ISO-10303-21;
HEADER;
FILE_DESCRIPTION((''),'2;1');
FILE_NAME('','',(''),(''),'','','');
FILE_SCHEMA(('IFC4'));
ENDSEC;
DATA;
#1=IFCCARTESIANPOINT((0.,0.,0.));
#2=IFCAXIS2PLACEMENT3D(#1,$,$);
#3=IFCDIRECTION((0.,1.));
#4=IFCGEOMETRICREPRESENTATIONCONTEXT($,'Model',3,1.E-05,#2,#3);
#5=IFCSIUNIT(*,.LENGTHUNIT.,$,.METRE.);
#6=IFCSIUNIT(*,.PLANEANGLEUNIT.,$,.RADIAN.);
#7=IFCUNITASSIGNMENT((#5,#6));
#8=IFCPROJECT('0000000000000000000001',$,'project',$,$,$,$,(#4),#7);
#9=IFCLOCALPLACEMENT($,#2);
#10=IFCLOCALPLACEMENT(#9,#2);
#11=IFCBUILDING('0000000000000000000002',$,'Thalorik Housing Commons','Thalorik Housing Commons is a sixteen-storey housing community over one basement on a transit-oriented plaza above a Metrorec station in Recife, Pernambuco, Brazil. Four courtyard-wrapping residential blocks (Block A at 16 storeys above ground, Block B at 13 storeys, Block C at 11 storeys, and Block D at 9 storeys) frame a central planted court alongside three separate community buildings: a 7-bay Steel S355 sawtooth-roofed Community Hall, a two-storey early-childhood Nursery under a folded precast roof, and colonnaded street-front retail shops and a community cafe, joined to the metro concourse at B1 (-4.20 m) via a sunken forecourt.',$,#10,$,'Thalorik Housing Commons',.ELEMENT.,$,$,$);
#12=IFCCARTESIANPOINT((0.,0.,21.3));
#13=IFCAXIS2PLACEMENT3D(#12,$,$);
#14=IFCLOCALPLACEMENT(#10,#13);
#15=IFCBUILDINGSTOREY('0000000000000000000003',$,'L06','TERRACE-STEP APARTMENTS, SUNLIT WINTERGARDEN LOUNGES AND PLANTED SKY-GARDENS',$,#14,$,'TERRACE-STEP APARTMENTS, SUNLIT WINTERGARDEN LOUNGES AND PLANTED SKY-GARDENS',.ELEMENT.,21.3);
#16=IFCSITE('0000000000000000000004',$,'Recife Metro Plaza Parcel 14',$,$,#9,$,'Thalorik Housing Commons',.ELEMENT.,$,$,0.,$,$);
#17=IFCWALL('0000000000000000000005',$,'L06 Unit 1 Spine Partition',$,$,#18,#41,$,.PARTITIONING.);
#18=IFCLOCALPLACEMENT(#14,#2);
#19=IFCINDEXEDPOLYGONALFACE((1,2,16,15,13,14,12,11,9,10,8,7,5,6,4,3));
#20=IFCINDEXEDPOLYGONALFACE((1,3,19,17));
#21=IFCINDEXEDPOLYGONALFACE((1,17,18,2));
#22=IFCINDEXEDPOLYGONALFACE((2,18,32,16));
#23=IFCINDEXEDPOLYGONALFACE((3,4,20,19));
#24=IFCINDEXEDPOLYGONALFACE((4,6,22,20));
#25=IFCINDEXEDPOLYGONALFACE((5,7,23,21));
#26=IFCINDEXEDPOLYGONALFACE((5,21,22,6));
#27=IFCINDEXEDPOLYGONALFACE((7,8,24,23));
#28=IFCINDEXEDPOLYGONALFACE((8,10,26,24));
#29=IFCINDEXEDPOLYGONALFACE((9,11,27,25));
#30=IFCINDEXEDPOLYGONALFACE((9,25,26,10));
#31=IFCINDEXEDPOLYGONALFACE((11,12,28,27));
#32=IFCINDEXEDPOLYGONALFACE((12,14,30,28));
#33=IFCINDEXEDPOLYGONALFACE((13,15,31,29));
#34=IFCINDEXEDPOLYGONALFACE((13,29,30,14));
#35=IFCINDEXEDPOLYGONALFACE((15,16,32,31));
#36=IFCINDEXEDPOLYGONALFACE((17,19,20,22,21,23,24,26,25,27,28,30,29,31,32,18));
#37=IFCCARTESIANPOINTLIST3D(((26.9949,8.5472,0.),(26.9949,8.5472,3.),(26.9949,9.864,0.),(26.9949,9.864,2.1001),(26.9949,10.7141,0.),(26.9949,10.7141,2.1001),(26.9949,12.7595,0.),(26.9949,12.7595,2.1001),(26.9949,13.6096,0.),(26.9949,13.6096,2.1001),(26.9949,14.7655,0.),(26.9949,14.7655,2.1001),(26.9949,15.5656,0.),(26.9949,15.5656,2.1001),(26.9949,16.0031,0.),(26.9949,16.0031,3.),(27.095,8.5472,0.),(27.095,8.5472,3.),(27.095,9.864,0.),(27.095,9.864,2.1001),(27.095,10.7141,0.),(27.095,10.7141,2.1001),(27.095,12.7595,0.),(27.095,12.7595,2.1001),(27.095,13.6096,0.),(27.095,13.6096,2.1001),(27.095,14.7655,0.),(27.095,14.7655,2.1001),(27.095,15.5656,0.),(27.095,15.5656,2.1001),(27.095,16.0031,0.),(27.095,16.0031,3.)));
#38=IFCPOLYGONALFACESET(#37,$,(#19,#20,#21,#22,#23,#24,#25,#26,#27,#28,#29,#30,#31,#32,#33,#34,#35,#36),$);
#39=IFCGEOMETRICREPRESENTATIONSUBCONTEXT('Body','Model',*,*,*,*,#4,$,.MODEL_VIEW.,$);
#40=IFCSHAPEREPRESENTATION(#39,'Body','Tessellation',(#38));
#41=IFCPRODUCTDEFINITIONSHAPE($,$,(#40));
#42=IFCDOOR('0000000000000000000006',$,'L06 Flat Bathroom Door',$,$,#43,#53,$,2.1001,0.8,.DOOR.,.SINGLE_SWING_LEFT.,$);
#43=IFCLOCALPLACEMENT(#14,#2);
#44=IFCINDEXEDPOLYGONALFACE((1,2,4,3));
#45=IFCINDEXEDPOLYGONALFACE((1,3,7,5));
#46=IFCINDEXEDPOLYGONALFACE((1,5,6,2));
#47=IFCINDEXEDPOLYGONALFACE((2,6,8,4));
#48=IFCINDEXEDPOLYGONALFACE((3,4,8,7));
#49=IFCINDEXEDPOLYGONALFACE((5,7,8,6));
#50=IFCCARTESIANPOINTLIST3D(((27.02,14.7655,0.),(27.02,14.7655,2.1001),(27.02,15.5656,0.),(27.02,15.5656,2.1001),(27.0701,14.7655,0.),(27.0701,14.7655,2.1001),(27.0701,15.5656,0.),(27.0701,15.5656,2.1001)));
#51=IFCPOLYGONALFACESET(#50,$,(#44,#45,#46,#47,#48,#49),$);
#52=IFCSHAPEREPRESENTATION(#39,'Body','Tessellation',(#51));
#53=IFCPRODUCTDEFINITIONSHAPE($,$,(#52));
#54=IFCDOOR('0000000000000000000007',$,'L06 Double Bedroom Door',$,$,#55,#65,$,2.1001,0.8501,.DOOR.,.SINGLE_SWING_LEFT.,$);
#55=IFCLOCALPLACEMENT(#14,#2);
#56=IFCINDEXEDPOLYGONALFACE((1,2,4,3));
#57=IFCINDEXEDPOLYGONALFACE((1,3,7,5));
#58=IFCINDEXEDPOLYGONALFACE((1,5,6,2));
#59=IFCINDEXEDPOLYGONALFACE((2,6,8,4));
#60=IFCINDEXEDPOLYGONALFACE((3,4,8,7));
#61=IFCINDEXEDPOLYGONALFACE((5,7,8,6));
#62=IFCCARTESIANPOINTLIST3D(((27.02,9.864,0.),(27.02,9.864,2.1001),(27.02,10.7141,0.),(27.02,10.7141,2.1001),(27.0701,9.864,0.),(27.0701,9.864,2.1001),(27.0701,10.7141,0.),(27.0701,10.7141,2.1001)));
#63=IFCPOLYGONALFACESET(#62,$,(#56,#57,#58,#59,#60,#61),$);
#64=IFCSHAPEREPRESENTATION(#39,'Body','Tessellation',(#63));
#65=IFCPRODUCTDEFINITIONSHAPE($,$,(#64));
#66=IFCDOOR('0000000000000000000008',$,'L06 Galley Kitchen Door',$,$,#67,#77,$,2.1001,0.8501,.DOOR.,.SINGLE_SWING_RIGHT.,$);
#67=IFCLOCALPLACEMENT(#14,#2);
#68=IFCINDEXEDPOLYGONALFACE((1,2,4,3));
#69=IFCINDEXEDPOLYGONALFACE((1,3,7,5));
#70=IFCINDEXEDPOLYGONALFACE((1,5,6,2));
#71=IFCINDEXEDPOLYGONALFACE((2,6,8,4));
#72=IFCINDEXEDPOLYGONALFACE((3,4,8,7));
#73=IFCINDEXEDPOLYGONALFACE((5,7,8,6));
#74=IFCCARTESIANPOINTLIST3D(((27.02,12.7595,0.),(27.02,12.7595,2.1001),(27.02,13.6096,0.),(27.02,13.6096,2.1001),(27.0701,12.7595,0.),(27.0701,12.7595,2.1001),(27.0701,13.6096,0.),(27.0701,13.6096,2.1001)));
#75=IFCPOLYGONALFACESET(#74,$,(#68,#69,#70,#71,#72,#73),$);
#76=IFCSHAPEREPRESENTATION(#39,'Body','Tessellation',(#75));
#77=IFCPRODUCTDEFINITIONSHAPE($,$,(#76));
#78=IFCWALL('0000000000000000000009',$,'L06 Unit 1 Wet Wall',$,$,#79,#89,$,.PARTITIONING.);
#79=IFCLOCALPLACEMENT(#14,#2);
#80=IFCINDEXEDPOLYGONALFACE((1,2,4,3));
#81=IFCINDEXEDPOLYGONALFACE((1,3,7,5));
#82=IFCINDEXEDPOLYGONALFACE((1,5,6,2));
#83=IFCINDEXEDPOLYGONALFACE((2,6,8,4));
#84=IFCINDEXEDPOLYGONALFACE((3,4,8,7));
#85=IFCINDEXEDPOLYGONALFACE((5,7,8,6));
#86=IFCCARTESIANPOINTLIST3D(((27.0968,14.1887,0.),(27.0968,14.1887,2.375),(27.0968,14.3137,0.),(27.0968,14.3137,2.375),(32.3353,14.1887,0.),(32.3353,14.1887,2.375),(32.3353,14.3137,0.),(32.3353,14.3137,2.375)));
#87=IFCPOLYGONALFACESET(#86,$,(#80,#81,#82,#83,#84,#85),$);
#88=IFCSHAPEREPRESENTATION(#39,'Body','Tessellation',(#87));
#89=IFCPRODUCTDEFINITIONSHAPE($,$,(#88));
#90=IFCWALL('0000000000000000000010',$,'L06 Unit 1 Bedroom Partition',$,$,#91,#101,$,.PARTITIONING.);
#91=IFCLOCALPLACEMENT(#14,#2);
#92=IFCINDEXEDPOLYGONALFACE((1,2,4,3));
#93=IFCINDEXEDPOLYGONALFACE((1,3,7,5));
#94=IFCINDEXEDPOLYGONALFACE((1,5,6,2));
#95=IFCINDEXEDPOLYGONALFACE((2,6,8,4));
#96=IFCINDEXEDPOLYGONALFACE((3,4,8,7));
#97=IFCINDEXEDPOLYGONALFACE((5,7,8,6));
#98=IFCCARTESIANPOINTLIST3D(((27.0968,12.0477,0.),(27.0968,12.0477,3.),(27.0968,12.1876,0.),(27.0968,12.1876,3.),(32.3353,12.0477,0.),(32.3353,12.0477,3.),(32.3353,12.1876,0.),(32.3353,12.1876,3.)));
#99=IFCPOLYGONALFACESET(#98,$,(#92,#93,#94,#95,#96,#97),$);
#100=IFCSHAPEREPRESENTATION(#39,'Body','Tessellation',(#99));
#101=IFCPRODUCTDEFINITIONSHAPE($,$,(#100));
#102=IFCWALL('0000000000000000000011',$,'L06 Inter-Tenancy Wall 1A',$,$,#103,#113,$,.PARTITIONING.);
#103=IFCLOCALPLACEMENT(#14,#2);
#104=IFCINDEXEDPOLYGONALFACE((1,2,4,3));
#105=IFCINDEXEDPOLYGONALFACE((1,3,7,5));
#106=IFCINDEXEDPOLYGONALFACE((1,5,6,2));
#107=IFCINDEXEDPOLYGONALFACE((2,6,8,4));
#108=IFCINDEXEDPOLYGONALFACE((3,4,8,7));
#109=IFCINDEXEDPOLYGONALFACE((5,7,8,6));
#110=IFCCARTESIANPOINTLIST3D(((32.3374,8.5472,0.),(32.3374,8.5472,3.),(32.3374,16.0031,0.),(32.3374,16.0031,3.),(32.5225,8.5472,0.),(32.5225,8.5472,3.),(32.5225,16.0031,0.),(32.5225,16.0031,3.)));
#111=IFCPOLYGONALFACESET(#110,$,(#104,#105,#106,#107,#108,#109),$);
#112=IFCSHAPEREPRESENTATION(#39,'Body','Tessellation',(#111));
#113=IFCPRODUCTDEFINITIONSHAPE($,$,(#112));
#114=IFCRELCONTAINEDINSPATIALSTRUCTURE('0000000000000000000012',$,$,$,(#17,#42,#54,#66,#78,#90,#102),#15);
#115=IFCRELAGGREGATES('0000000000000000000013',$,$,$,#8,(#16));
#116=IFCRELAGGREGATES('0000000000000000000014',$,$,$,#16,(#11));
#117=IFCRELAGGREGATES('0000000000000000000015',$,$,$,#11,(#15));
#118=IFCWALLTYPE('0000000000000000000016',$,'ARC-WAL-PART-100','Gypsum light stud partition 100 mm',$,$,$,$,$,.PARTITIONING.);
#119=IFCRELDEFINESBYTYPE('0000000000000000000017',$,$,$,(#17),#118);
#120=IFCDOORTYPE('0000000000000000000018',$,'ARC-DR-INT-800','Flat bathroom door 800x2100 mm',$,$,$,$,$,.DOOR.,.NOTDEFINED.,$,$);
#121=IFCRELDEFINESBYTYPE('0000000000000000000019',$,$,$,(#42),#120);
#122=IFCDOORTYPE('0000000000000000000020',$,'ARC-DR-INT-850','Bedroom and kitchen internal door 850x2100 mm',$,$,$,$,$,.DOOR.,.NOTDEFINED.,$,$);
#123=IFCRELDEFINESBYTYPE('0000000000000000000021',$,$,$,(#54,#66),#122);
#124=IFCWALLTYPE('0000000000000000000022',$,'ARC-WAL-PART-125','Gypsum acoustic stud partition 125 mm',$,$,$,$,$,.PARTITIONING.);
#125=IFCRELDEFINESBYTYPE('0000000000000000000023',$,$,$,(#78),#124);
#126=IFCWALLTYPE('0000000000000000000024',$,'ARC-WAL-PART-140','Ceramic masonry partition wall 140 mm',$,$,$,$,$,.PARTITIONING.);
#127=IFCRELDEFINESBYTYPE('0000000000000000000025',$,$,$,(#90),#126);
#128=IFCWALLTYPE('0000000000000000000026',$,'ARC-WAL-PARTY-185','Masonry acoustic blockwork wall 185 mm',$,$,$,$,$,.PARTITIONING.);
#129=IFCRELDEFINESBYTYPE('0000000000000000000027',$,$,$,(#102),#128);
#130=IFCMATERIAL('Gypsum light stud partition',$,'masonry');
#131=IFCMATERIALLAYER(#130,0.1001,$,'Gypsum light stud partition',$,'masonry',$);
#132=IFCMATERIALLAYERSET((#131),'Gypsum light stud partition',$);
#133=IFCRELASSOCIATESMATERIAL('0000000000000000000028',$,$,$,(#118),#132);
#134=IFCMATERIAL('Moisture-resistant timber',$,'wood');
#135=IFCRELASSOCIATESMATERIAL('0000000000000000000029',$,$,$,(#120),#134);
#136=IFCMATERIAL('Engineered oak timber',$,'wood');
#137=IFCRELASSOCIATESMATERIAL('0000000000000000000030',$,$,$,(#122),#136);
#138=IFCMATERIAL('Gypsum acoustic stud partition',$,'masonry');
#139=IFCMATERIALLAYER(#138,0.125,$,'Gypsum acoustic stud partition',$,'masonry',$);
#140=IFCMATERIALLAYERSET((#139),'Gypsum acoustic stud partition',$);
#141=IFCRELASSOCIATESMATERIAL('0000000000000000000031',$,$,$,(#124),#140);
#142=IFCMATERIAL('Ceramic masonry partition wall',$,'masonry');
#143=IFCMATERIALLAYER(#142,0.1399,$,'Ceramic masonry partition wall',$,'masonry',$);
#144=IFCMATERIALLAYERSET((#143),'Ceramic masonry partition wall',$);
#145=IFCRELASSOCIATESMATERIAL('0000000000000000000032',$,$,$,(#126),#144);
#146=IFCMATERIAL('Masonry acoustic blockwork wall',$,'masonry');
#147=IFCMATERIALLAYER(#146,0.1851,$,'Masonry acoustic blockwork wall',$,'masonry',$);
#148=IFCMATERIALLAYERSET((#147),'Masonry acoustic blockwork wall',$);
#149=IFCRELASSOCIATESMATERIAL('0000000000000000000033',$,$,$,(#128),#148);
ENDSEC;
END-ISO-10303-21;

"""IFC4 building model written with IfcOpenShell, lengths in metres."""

from ifc_helpers import new_model, si_unit, direction, frame, frame_2d, origin, place, context, subcontext, project, spatial, rectangle, extrude, material, layer, layer_set, type_object, element, fill, save


model = new_model("IFC4")

# Units and contexts
model_context = context("Model", 3, precision=1e-05, world=origin(), true_north=direction((0.0, 1.0)))
body_context = subcontext(model_context, "Body", "Model", "MODEL_VIEW")
ifc_project = project(units=[si_unit("LENGTHUNIT", "METRE"), si_unit("PLANEANGLEUNIT", "RADIAN")], contexts=[model_context])

# Site, building, storey
site_placement = place(None, origin())
site = spatial("IfcSite", under=ifc_project, at=site_placement, Name="Recife Metro Plaza Parcel 14", LongName="Thalorik Housing Commons", CompositionType="ELEMENT", RefElevation=0.0)
building_placement = place(site_placement, origin())
building = spatial("IfcBuilding", under=site, at=building_placement, Name="Thalorik Housing Commons", Description="Thalorik Housing Commons is a sixteen-storey housing community over one basement on a transit-oriented plaza above a Metrorec station in Recife, Pernambuco, Brazil. Four courtyard-wrapping residential blocks (Block A at 16 storeys above ground, Block B at 13 storeys, Block C at 11 storeys, and Block D at 9 storeys) frame a central planted court alongside three separate community buildings: a 7-bay Steel S355 sawtooth-roofed Community Hall, a two-storey early-childhood Nursery under a folded precast roof, and colonnaded street-front retail shops and a community cafe, joined to the metro concourse at B1 (-4.20 m) via a sunken forecourt.", LongName="Thalorik Housing Commons", CompositionType="ELEMENT")
storey_placement = place(building_placement, frame((0.0, 0.0, 21.3)))
storey = spatial("IfcBuildingStorey", under=building, at=storey_placement, Name="L06", Description="TERRACE-STEP APARTMENTS, SUNLIT WINTERGARDEN LOUNGES AND PLANTED SKY-GARDENS", LongName="TERRACE-STEP APARTMENTS, SUNLIT WINTERGARDEN LOUNGES AND PLANTED SKY-GARDENS", CompositionType="ELEMENT", Elevation=21.3)

# Wall, openings, doors
ifc_material_1 = material(Name="Gypsum light stud partition", Category="masonry")
ifc_layer_1 = layer(ifc_material_1, 0.1001, Name="Gypsum light stud partition", Category="masonry")
ifc_layer_set_1 = layer_set([ifc_layer_1], Name="Gypsum light stud partition")
wall_type_1 = type_object("IfcWallType", Name="ARC-WAL-PART-100", Description="Gypsum light stud partition 100 mm", PredefinedType="PARTITIONING", material=ifc_layer_set_1)
wall_1_placement = place(storey_placement, frame((27.0449, 8.5471, 0.0), z_axis=(0.0, 0.0, 1.0), x_axis=(0.0, 1.0, 0.0)))
wall_1 = element("IfcWall", 1, at=wall_1_placement, inside=storey, type_object=wall_type_1, Name="L06 Unit 1 Spine Partition", PredefinedType="PARTITIONING", context=body_context, shape_type="SweptSolid", body=[
    extrude(rectangle(XDim=7.4558, YDim=0.1001, at=frame_2d((3.728, 0.0))), origin(), (0.0, 0.0, 1.0), 3.0),
])
opening_1_placement = place(wall_1_placement, frame((1.3169, 0.0, 0.0)))
opening_1 = element("IfcOpeningElement", 2, at=opening_1_placement, cuts=wall_1, PredefinedType="OPENING", context=body_context, shape_type="SweptSolid", body=[
    extrude(rectangle(XDim=0.8501, YDim=2.1001, at=frame_2d((0.425, 1.05))), frame((0.0, 0.0601, 0.0), z_axis=(0.0, -1.0, 0.0), x_axis=(1.0, 0.0, 0.0)), (0.0, 0.0, 1.0), 0.1201),
])
opening_2_placement = place(wall_1_placement, frame((4.2124, 0.0, 0.0)))
opening_2 = element("IfcOpeningElement", 3, at=opening_2_placement, cuts=wall_1, PredefinedType="OPENING", context=body_context, shape_type="SweptSolid", body=[
    extrude(rectangle(XDim=0.8501, YDim=2.1001, at=frame_2d((0.425, 1.05))), frame((0.0, 0.0601, 0.0), z_axis=(0.0, -1.0, 0.0), x_axis=(1.0, 0.0, 0.0)), (0.0, 0.0, 1.0), 0.1201),
])
opening_3_placement = place(wall_1_placement, frame((6.2185, 0.0, 0.0)))
opening_3 = element("IfcOpeningElement", 4, at=opening_3_placement, cuts=wall_1, PredefinedType="OPENING", context=body_context, shape_type="SweptSolid", body=[
    extrude(rectangle(XDim=0.8, YDim=2.1001, at=frame_2d((0.3999, 1.05))), frame((0.0, 0.0601, 0.0), z_axis=(0.0, -1.0, 0.0), x_axis=(1.0, 0.0, 0.0)), (0.0, 0.0, 1.0), 0.1201),
])
ifc_material_2 = material(Name="Moisture-resistant timber", Category="wood")
door_type_1 = type_object("IfcDoorType", Name="ARC-DR-INT-800", Description="Flat bathroom door 800x2100 mm", OperationType="NOTDEFINED", PredefinedType="DOOR", material=ifc_material_2)
door_1_placement = place(opening_3_placement, origin())
door_1 = element("IfcDoor", 5, at=door_1_placement, inside=storey, type_object=door_type_1, Name="L06 Flat Bathroom Door", OperationType="SINGLE_SWING_LEFT", OverallHeight=2.1001, OverallWidth=0.8, PredefinedType="DOOR", context=body_context, shape_type="SweptSolid", body=[
    extrude(rectangle(XDim=0.8, YDim=2.1001, at=frame_2d((0.3999, 1.05))), frame((0.0, 0.0249, 0.0), z_axis=(0.0, -1.0, 0.0), x_axis=(1.0, 0.0, 0.0)), (0.0, 0.0, 1.0), 0.05),
])
fill(opening_3, door_1)
ifc_material_3 = material(Name="Engineered oak timber", Category="wood")
door_type_2 = type_object("IfcDoorType", Name="ARC-DR-INT-850", Description="Bedroom and kitchen internal door 850x2100 mm", OperationType="NOTDEFINED", PredefinedType="DOOR", material=ifc_material_3)
door_2_placement = place(opening_1_placement, origin())
door_2 = element("IfcDoor", 6, at=door_2_placement, inside=storey, type_object=door_type_2, Name="L06 Double Bedroom Door", OperationType="SINGLE_SWING_LEFT", OverallHeight=2.1001, OverallWidth=0.8501, PredefinedType="DOOR", context=body_context, shape_type="SweptSolid", body=[
    extrude(rectangle(XDim=0.8501, YDim=2.1001, at=frame_2d((0.425, 1.05))), frame((0.0, 0.0249, 0.0), z_axis=(0.0, -1.0, 0.0), x_axis=(1.0, 0.0, 0.0)), (0.0, 0.0, 1.0), 0.05),
])
fill(opening_1, door_2)
door_3_placement = place(opening_2_placement, origin())
door_3 = element("IfcDoor", 7, at=door_3_placement, inside=storey, type_object=door_type_2, Name="L06 Galley Kitchen Door", OperationType="SINGLE_SWING_RIGHT", OverallHeight=2.1001, OverallWidth=0.8501, PredefinedType="DOOR", context=body_context, shape_type="SweptSolid", body=[
    extrude(rectangle(XDim=0.8501, YDim=2.1001, at=frame_2d((0.425, 1.05))), frame((0.0, 0.0249, 0.0), z_axis=(0.0, -1.0, 0.0), x_axis=(1.0, 0.0, 0.0)), (0.0, 0.0, 1.0), 0.05),
])
fill(opening_2, door_3)

# Walls
ifc_material_4 = material(Name="Gypsum acoustic stud partition", Category="masonry")
ifc_layer_2 = layer(ifc_material_4, 0.125, Name="Gypsum acoustic stud partition", Category="masonry")
ifc_layer_set_2 = layer_set([ifc_layer_2], Name="Gypsum acoustic stud partition")
wall_type_2 = type_object("IfcWallType", Name="ARC-WAL-PART-125", Description="Gypsum acoustic stud partition 125 mm", PredefinedType="PARTITIONING", material=ifc_layer_set_2)
wall_2_placement = place(storey_placement, frame((27.0969, 14.2512, 0.0), z_axis=(0.0, 0.0, 1.0), x_axis=(1.0, 0.0, 0.0)))
element("IfcWall", 8, at=wall_2_placement, inside=storey, type_object=wall_type_2, Name="L06 Unit 1 Wet Wall", PredefinedType="PARTITIONING", context=body_context, shape_type="SweptSolid", body=[
    extrude(rectangle(XDim=5.2385, YDim=0.125, at=frame_2d((2.6191, 0.0))), origin(), (0.0, 0.0, 1.0), 2.375),
])
ifc_material_5 = material(Name="Ceramic masonry partition wall", Category="masonry")
ifc_layer_3 = layer(ifc_material_5, 0.1399, Name="Ceramic masonry partition wall", Category="masonry")
ifc_layer_set_3 = layer_set([ifc_layer_3], Name="Ceramic masonry partition wall")
wall_type_3 = type_object("IfcWallType", Name="ARC-WAL-PART-140", Description="Ceramic masonry partition wall 140 mm", PredefinedType="PARTITIONING", material=ifc_layer_set_3)
wall_3_placement = place(storey_placement, frame((27.0969, 12.1177, 0.0), z_axis=(0.0, 0.0, 1.0), x_axis=(1.0, 0.0, 0.0)))
element("IfcWall", 9, at=wall_3_placement, inside=storey, type_object=wall_type_3, Name="L06 Unit 1 Bedroom Partition", PredefinedType="PARTITIONING", context=body_context, shape_type="SweptSolid", body=[
    extrude(rectangle(XDim=5.2385, YDim=0.1399, at=frame_2d((2.6191, 0.0))), origin(), (0.0, 0.0, 1.0), 3.0),
])
ifc_material_6 = material(Name="Masonry acoustic blockwork wall", Category="masonry")
ifc_layer_4 = layer(ifc_material_6, 0.1851, Name="Masonry acoustic blockwork wall", Category="masonry")
ifc_layer_set_4 = layer_set([ifc_layer_4], Name="Masonry acoustic blockwork wall")
wall_type_4 = type_object("IfcWallType", Name="ARC-WAL-PARTY-185", Description="Masonry acoustic blockwork wall 185 mm", PredefinedType="PARTITIONING", material=ifc_layer_set_4)
wall_4_placement = place(storey_placement, frame((32.4299, 8.5471, 0.0), z_axis=(0.0, 0.0, 1.0), x_axis=(0.0, 1.0, 0.0)))
element("IfcWall", 10, at=wall_4_placement, inside=storey, type_object=wall_type_4, Name="L06 Inter-Tenancy Wall 1A", PredefinedType="PARTITIONING", context=body_context, shape_type="SweptSolid", body=[
    extrude(rectangle(XDim=7.4558, YDim=0.1851, at=frame_2d((3.728, 0.0))), origin(), (0.0, 0.0, 1.0), 3.0),
])

save(model, "model.ifc")
